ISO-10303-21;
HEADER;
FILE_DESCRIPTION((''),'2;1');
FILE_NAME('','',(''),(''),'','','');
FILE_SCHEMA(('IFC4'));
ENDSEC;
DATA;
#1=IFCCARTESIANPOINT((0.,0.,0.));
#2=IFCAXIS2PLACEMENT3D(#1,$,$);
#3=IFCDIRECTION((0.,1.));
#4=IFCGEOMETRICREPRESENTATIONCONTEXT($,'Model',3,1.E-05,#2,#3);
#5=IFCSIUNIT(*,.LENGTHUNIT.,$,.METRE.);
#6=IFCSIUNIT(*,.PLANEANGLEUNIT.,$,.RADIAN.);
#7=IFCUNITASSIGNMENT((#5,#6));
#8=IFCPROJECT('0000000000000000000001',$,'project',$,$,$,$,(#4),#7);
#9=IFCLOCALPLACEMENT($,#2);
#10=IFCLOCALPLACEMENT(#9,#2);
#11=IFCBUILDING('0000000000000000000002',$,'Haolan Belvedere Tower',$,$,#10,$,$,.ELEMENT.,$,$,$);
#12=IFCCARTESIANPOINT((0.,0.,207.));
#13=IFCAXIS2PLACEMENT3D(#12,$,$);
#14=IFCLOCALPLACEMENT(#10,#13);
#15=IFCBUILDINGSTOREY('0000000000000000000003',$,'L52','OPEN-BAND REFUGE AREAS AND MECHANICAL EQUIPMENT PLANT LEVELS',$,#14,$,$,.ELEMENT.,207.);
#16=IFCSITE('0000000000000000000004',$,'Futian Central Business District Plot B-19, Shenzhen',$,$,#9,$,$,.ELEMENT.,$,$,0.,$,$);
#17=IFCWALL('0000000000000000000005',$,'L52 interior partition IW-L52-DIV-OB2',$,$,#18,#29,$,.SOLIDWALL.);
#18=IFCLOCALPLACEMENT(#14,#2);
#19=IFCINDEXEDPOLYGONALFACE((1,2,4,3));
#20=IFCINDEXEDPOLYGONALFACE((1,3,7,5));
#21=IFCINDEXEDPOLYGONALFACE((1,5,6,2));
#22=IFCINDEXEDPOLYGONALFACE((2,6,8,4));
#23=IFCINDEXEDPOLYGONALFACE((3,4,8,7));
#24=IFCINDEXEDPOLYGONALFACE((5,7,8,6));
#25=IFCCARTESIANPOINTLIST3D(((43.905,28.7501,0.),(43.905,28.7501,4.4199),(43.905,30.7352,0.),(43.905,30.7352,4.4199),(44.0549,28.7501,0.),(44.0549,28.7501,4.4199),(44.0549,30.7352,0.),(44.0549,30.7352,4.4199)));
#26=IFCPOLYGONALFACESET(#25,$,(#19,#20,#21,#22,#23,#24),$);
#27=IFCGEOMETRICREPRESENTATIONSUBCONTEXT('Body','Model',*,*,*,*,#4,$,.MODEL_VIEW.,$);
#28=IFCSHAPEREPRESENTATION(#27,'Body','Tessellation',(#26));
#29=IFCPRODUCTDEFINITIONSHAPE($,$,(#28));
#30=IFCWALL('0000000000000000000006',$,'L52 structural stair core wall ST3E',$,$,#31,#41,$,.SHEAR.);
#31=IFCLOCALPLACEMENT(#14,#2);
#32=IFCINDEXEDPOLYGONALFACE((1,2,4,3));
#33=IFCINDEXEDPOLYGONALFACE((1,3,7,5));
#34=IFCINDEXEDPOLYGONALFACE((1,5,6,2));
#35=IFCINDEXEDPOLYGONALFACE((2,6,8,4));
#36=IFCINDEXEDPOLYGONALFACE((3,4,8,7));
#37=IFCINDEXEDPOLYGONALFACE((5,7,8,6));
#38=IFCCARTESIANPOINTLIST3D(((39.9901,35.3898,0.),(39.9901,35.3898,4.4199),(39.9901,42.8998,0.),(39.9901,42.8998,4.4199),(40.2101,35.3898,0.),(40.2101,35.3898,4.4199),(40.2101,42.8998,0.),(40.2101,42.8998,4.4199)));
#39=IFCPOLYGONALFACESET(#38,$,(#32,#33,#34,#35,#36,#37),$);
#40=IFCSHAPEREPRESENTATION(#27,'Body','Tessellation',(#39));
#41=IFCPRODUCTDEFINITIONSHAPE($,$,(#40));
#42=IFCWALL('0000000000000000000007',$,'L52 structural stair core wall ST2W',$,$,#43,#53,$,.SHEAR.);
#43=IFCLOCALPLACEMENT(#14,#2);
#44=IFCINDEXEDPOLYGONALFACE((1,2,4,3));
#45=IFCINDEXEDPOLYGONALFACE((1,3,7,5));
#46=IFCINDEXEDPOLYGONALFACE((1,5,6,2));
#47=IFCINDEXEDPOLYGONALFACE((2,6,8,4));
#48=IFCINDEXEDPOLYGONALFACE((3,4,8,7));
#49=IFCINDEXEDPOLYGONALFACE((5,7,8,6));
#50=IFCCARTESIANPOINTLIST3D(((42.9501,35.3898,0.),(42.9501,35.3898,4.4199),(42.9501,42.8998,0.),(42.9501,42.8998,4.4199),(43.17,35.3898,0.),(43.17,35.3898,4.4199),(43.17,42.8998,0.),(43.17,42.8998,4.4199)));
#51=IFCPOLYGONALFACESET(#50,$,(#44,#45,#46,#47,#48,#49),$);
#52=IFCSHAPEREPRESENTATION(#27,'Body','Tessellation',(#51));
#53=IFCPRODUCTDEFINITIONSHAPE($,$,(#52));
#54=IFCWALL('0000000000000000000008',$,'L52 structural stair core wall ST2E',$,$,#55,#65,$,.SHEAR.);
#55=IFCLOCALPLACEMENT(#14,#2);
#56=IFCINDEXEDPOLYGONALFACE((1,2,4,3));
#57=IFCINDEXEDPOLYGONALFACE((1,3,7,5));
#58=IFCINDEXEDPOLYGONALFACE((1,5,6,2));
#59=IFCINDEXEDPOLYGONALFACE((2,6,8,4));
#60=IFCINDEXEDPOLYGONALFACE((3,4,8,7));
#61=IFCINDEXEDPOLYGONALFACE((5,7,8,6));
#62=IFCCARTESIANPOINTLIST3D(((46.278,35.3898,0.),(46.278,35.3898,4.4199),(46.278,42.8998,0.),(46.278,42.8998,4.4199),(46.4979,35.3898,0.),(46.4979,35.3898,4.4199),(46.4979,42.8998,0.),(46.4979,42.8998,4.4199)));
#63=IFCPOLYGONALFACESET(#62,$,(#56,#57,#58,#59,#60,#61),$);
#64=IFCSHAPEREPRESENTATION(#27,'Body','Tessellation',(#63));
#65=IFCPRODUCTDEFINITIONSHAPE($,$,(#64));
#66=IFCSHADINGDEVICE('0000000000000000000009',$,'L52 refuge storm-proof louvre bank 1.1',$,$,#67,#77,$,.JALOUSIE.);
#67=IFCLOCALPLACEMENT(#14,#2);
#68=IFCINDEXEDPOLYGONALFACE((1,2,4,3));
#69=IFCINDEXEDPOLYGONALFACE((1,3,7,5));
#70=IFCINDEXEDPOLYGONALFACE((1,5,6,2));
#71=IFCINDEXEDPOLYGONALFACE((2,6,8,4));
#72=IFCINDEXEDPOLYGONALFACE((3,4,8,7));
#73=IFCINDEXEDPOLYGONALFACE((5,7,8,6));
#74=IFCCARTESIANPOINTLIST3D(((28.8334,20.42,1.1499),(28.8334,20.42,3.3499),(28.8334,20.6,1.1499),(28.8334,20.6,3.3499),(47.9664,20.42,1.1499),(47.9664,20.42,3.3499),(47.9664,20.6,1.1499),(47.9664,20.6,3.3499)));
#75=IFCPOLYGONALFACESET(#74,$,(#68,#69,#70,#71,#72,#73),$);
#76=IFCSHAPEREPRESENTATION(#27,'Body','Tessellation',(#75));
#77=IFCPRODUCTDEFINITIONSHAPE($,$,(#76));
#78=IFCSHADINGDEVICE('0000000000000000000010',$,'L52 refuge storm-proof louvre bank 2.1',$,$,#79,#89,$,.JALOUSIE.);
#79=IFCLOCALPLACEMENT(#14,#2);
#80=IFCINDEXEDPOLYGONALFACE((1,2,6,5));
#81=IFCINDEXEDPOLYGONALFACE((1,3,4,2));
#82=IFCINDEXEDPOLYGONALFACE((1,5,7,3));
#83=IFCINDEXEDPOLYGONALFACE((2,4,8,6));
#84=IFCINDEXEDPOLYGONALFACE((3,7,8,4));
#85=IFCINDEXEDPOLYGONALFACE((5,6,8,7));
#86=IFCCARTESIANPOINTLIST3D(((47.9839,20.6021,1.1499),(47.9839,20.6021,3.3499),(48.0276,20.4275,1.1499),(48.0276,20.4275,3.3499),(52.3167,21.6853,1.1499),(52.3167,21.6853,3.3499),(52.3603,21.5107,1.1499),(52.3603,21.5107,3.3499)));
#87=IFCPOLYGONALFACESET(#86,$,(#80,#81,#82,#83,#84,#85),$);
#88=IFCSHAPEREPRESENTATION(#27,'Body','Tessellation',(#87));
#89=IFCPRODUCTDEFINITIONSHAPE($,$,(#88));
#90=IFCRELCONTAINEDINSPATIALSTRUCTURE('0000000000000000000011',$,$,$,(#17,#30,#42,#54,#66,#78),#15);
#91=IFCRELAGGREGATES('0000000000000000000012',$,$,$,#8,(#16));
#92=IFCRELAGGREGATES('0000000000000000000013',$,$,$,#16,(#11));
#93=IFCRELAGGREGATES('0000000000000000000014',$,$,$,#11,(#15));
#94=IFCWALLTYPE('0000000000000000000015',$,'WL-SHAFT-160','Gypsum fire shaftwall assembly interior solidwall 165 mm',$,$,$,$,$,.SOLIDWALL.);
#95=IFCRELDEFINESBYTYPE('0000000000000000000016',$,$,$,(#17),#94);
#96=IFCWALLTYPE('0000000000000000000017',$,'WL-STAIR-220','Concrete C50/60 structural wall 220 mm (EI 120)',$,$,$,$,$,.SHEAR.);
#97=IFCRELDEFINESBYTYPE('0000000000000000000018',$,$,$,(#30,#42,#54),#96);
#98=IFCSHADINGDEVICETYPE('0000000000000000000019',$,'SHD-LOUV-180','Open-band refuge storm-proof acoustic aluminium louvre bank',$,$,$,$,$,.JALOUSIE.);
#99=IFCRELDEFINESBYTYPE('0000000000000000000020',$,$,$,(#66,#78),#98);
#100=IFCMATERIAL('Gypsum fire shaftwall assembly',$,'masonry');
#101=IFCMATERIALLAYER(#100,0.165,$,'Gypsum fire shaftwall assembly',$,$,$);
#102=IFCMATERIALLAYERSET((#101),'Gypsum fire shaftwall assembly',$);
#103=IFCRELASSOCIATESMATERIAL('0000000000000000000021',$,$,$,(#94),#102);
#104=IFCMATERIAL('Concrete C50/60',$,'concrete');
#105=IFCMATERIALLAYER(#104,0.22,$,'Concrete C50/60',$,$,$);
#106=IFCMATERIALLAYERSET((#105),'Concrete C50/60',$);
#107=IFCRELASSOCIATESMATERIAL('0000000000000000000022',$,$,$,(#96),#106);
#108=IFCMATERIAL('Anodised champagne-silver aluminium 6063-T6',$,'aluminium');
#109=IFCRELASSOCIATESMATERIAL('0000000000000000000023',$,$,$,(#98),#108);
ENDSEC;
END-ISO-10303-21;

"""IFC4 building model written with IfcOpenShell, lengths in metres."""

from ifc_helpers import new_model, si_unit, direction, frame, frame_2d, origin, origin_2d, place, context, subcontext, project, spatial, rectangle, extrude, material, layer, layer_set, type_object, element, save


model = new_model("IFC4")

# Units and contexts
model_context = context("Model", 3, precision=1e-05, world=origin(), true_north=direction((0.0, 1.0)))
body_context = subcontext(model_context, "Body", "Model", "MODEL_VIEW")
ifc_project = project(units=[si_unit("LENGTHUNIT", "METRE"), si_unit("PLANEANGLEUNIT", "RADIAN")], contexts=[model_context])

# Site, building, storey
site_placement = place(None, origin())
site = spatial("IfcSite", under=ifc_project, at=site_placement, Name="Futian Central Business District Plot B-19, Shenzhen", CompositionType="ELEMENT", RefElevation=0.0)
building_placement = place(site_placement, origin())
building = spatial("IfcBuilding", under=site, at=building_placement, Name="Haolan Belvedere Tower", CompositionType="ELEMENT")
storey_placement = place(building_placement, frame((0.0, 0.0, 207.0)))
storey = spatial("IfcBuildingStorey", under=building, at=storey_placement, Name="L52", Description="OPEN-BAND REFUGE AREAS AND MECHANICAL EQUIPMENT PLANT LEVELS", CompositionType="ELEMENT", Elevation=207.0)

# Shared definitions
ifc_material_1 = material(Name="Gypsum fire shaftwall assembly", Category="masonry")
ifc_layer_1 = layer(ifc_material_1, 0.165, Name="Gypsum fire shaftwall assembly")
ifc_layer_set_1 = layer_set([ifc_layer_1], Name="Gypsum fire shaftwall assembly")
wall_type_1 = type_object("IfcWallType", Name="WL-SHAFT-160", Description="Gypsum fire shaftwall assembly interior solidwall 165 mm", PredefinedType="SOLIDWALL", material=ifc_layer_set_1)

# Walls
for number, where, z_axis, x_axis, name in (
    (1, (43.98, 28.75, 0.0), (0.0, 0.0, 1.0), (0.0, 1.0, 0.0), "L52 interior partition IW-L52-DIV-OB2"),
):
    element("IfcWall", number, at=place(storey_placement, frame(where, z_axis=z_axis, x_axis=x_axis)), inside=storey, type_object=wall_type_1, Name=name, PredefinedType="SOLIDWALL", context=body_context, shape_type="SweptSolid", body=[
        extrude(rectangle(XDim=1.9851, YDim=0.1499, at=frame_2d((0.9927, 0.0))), origin(), (0.0, 0.0, 1.0), 4.4199),
    ])
ifc_material_2 = material(Name="Concrete C50/60", Category="concrete")
ifc_layer_2 = layer(ifc_material_2, 0.22, Name="Concrete C50/60")
ifc_layer_set_2 = layer_set([ifc_layer_2], Name="Concrete C50/60")
wall_type_2 = type_object("IfcWallType", Name="WL-STAIR-220", Description="Concrete C50/60 structural wall 220 mm (EI 120)", PredefinedType="SHEAR", material=ifc_layer_set_2)
for number, where, z_axis, x_axis, name in (
    (2, (40.1001, 35.3899, 0.0), (0.0, 0.0, 1.0), (0.0, 1.0, 0.0), "L52 structural stair core wall ST3E"),
    (3, (43.0601, 35.3899, 0.0), (0.0, 0.0, 1.0), (0.0, 1.0, 0.0), "L52 structural stair core wall ST2W"),
    (4, (46.3879, 35.3899, 0.0), (0.0, 0.0, 1.0), (0.0, 1.0, 0.0), "L52 structural stair core wall ST2E"),
):
    element("IfcWall", number, at=place(storey_placement, frame(where, z_axis=z_axis, x_axis=x_axis)), inside=storey, type_object=wall_type_2, Name=name, PredefinedType="SHEAR", context=body_context, shape_type="SweptSolid", body=[
        extrude(rectangle(XDim=7.51, YDim=0.22, at=frame_2d((3.7549, 0.0))), origin(), (0.0, 0.0, 1.0), 4.4199),
    ])

# Shading devices
ifc_material_3 = material(Name="Anodised champagne-silver aluminium 6063-T6", Category="aluminium")
shading_device_type = type_object("IfcShadingDeviceType", Name="SHD-LOUV-180", Description="Open-band refuge storm-proof acoustic aluminium louvre bank", PredefinedType="JALOUSIE", material=ifc_material_3)
shading_device_1_placement = place(storey_placement, frame((38.3999, 20.51, 1.1499), z_axis=(0.0, 0.0, 1.0), x_axis=(1.0, 0.0, 0.0)))
element("IfcShadingDevice", 5, at=shading_device_1_placement, inside=storey, type_object=shading_device_type, Name="L52 refuge storm-proof louvre bank 1.1", PredefinedType="JALOUSIE", context=body_context, shape_type="SweptSolid", body=[
    extrude(rectangle(XDim=19.1331, YDim=0.1799, at=origin_2d()), origin(), (0.0, 0.0, 1.0), 2.2),
])
shading_device_2_placement = place(storey_placement, frame((50.1721, 21.0564, 1.1499), z_axis=(0.0, 0.0, 1.0), x_axis=(0.970139, 0.242548, 0.0)))
element("IfcShadingDevice", 6, at=shading_device_2_placement, inside=storey, type_object=shading_device_type, Name="L52 refuge storm-proof louvre bank 2.1", PredefinedType="JALOUSIE", context=body_context, shape_type="SweptSolid", body=[
    extrude(rectangle(XDim=4.4661, YDim=0.1799, at=origin_2d()), origin(), (0.0, 0.0, 1.0), 2.2),
])

save(model, "model.ifc")
